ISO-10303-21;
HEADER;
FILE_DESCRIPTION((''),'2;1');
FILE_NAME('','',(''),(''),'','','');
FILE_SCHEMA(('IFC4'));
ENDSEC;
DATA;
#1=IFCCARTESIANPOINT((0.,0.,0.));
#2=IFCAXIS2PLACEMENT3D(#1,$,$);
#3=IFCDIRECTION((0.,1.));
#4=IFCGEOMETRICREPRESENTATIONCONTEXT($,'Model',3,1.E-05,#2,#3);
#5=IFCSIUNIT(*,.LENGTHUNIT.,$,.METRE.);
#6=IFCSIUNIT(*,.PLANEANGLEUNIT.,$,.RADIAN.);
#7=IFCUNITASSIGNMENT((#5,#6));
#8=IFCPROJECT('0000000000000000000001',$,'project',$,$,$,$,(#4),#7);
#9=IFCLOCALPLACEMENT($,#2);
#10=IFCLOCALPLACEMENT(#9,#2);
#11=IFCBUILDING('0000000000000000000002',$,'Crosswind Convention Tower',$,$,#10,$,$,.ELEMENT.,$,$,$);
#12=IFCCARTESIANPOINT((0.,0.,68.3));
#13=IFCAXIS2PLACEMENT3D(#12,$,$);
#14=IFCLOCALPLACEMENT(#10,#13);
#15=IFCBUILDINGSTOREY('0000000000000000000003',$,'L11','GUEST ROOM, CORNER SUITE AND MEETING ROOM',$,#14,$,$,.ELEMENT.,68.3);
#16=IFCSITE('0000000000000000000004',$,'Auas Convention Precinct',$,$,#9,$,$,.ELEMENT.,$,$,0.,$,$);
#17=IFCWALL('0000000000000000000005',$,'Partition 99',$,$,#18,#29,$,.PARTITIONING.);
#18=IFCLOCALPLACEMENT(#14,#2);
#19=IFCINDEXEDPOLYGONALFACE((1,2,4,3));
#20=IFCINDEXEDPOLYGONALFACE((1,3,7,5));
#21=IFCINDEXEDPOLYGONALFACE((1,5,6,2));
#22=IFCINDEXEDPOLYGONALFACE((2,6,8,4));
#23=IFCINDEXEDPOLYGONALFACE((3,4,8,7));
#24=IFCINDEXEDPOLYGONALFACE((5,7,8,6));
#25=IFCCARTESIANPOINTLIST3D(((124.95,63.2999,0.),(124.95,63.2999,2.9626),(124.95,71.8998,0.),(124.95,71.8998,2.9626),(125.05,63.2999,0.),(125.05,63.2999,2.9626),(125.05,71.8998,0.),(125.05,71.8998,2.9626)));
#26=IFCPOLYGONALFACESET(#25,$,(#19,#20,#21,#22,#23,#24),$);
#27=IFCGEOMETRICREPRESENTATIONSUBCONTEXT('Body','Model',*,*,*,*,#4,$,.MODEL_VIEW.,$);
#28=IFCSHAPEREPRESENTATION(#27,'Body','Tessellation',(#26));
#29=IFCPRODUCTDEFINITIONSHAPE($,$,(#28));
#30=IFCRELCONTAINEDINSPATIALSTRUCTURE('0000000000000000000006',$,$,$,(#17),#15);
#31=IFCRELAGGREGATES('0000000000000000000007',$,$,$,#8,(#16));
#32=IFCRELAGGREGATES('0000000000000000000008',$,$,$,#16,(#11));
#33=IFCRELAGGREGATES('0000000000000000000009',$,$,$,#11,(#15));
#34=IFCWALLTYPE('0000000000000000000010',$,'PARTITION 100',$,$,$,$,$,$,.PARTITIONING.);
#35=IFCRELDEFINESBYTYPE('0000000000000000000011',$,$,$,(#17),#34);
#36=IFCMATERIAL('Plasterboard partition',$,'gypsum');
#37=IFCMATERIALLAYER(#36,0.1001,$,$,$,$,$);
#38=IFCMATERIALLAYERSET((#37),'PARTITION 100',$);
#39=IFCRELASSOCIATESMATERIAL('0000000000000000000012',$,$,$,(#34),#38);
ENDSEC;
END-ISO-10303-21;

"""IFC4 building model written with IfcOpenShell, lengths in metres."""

from ifc_helpers import new_model, si_unit, direction, frame, frame_2d, origin, place, context, subcontext, project, spatial, rectangle, extrude, material, layer, layer_set, type_object, element, save


model = new_model("IFC4")

# Units and contexts
model_context = context("Model", 3, precision=1e-05, world=origin(), true_north=direction((0.0, 1.0)))
body_context = subcontext(model_context, "Body", "Model", "MODEL_VIEW")
ifc_project = project(units=[si_unit("LENGTHUNIT", "METRE"), si_unit("PLANEANGLEUNIT", "RADIAN")], contexts=[model_context])

# Site, building, storey
site_placement = place(None, origin())
site = spatial("IfcSite", under=ifc_project, at=site_placement, Name="Auas Convention Precinct", CompositionType="ELEMENT", RefElevation=0.0)
building_placement = place(site_placement, origin())
building = spatial("IfcBuilding", under=site, at=building_placement, Name="Crosswind Convention Tower", CompositionType="ELEMENT")
storey_placement = place(building_placement, frame((0.0, 0.0, 68.3)))
storey = spatial("IfcBuildingStorey", under=building, at=storey_placement, Name="L11", Description="GUEST ROOM, CORNER SUITE AND MEETING ROOM", CompositionType="ELEMENT", Elevation=68.3)

# Shared definitions
ifc_material_1 = material(Name="Plasterboard partition", Category="gypsum")

# Wall
ifc_layer_1 = layer(ifc_material_1, 0.1001)
ifc_layer_set_1 = layer_set([ifc_layer_1], Name="PARTITION 100")
wall_type_1 = type_object("IfcWallType", Name="PARTITION 100", PredefinedType="PARTITIONING", material=ifc_layer_set_1)
wall_1_placement = place(storey_placement, frame((125.0, 63.3, 0.0), z_axis=(0.0, 0.0, 1.0), x_axis=(0.0, 1.0, 0.0)))
element("IfcWall", 1, at=wall_1_placement, inside=storey, type_object=wall_type_1, Name="Partition 99", PredefinedType="PARTITIONING", context=body_context, shape_type="SweptSolid", body=[
    extrude(rectangle(XDim=8.5999, YDim=0.1001, at=frame_2d((4.2998, 0.0))), origin(), (0.0, 0.0, 1.0), 2.9626),
])

save(model, "model.ifc")
